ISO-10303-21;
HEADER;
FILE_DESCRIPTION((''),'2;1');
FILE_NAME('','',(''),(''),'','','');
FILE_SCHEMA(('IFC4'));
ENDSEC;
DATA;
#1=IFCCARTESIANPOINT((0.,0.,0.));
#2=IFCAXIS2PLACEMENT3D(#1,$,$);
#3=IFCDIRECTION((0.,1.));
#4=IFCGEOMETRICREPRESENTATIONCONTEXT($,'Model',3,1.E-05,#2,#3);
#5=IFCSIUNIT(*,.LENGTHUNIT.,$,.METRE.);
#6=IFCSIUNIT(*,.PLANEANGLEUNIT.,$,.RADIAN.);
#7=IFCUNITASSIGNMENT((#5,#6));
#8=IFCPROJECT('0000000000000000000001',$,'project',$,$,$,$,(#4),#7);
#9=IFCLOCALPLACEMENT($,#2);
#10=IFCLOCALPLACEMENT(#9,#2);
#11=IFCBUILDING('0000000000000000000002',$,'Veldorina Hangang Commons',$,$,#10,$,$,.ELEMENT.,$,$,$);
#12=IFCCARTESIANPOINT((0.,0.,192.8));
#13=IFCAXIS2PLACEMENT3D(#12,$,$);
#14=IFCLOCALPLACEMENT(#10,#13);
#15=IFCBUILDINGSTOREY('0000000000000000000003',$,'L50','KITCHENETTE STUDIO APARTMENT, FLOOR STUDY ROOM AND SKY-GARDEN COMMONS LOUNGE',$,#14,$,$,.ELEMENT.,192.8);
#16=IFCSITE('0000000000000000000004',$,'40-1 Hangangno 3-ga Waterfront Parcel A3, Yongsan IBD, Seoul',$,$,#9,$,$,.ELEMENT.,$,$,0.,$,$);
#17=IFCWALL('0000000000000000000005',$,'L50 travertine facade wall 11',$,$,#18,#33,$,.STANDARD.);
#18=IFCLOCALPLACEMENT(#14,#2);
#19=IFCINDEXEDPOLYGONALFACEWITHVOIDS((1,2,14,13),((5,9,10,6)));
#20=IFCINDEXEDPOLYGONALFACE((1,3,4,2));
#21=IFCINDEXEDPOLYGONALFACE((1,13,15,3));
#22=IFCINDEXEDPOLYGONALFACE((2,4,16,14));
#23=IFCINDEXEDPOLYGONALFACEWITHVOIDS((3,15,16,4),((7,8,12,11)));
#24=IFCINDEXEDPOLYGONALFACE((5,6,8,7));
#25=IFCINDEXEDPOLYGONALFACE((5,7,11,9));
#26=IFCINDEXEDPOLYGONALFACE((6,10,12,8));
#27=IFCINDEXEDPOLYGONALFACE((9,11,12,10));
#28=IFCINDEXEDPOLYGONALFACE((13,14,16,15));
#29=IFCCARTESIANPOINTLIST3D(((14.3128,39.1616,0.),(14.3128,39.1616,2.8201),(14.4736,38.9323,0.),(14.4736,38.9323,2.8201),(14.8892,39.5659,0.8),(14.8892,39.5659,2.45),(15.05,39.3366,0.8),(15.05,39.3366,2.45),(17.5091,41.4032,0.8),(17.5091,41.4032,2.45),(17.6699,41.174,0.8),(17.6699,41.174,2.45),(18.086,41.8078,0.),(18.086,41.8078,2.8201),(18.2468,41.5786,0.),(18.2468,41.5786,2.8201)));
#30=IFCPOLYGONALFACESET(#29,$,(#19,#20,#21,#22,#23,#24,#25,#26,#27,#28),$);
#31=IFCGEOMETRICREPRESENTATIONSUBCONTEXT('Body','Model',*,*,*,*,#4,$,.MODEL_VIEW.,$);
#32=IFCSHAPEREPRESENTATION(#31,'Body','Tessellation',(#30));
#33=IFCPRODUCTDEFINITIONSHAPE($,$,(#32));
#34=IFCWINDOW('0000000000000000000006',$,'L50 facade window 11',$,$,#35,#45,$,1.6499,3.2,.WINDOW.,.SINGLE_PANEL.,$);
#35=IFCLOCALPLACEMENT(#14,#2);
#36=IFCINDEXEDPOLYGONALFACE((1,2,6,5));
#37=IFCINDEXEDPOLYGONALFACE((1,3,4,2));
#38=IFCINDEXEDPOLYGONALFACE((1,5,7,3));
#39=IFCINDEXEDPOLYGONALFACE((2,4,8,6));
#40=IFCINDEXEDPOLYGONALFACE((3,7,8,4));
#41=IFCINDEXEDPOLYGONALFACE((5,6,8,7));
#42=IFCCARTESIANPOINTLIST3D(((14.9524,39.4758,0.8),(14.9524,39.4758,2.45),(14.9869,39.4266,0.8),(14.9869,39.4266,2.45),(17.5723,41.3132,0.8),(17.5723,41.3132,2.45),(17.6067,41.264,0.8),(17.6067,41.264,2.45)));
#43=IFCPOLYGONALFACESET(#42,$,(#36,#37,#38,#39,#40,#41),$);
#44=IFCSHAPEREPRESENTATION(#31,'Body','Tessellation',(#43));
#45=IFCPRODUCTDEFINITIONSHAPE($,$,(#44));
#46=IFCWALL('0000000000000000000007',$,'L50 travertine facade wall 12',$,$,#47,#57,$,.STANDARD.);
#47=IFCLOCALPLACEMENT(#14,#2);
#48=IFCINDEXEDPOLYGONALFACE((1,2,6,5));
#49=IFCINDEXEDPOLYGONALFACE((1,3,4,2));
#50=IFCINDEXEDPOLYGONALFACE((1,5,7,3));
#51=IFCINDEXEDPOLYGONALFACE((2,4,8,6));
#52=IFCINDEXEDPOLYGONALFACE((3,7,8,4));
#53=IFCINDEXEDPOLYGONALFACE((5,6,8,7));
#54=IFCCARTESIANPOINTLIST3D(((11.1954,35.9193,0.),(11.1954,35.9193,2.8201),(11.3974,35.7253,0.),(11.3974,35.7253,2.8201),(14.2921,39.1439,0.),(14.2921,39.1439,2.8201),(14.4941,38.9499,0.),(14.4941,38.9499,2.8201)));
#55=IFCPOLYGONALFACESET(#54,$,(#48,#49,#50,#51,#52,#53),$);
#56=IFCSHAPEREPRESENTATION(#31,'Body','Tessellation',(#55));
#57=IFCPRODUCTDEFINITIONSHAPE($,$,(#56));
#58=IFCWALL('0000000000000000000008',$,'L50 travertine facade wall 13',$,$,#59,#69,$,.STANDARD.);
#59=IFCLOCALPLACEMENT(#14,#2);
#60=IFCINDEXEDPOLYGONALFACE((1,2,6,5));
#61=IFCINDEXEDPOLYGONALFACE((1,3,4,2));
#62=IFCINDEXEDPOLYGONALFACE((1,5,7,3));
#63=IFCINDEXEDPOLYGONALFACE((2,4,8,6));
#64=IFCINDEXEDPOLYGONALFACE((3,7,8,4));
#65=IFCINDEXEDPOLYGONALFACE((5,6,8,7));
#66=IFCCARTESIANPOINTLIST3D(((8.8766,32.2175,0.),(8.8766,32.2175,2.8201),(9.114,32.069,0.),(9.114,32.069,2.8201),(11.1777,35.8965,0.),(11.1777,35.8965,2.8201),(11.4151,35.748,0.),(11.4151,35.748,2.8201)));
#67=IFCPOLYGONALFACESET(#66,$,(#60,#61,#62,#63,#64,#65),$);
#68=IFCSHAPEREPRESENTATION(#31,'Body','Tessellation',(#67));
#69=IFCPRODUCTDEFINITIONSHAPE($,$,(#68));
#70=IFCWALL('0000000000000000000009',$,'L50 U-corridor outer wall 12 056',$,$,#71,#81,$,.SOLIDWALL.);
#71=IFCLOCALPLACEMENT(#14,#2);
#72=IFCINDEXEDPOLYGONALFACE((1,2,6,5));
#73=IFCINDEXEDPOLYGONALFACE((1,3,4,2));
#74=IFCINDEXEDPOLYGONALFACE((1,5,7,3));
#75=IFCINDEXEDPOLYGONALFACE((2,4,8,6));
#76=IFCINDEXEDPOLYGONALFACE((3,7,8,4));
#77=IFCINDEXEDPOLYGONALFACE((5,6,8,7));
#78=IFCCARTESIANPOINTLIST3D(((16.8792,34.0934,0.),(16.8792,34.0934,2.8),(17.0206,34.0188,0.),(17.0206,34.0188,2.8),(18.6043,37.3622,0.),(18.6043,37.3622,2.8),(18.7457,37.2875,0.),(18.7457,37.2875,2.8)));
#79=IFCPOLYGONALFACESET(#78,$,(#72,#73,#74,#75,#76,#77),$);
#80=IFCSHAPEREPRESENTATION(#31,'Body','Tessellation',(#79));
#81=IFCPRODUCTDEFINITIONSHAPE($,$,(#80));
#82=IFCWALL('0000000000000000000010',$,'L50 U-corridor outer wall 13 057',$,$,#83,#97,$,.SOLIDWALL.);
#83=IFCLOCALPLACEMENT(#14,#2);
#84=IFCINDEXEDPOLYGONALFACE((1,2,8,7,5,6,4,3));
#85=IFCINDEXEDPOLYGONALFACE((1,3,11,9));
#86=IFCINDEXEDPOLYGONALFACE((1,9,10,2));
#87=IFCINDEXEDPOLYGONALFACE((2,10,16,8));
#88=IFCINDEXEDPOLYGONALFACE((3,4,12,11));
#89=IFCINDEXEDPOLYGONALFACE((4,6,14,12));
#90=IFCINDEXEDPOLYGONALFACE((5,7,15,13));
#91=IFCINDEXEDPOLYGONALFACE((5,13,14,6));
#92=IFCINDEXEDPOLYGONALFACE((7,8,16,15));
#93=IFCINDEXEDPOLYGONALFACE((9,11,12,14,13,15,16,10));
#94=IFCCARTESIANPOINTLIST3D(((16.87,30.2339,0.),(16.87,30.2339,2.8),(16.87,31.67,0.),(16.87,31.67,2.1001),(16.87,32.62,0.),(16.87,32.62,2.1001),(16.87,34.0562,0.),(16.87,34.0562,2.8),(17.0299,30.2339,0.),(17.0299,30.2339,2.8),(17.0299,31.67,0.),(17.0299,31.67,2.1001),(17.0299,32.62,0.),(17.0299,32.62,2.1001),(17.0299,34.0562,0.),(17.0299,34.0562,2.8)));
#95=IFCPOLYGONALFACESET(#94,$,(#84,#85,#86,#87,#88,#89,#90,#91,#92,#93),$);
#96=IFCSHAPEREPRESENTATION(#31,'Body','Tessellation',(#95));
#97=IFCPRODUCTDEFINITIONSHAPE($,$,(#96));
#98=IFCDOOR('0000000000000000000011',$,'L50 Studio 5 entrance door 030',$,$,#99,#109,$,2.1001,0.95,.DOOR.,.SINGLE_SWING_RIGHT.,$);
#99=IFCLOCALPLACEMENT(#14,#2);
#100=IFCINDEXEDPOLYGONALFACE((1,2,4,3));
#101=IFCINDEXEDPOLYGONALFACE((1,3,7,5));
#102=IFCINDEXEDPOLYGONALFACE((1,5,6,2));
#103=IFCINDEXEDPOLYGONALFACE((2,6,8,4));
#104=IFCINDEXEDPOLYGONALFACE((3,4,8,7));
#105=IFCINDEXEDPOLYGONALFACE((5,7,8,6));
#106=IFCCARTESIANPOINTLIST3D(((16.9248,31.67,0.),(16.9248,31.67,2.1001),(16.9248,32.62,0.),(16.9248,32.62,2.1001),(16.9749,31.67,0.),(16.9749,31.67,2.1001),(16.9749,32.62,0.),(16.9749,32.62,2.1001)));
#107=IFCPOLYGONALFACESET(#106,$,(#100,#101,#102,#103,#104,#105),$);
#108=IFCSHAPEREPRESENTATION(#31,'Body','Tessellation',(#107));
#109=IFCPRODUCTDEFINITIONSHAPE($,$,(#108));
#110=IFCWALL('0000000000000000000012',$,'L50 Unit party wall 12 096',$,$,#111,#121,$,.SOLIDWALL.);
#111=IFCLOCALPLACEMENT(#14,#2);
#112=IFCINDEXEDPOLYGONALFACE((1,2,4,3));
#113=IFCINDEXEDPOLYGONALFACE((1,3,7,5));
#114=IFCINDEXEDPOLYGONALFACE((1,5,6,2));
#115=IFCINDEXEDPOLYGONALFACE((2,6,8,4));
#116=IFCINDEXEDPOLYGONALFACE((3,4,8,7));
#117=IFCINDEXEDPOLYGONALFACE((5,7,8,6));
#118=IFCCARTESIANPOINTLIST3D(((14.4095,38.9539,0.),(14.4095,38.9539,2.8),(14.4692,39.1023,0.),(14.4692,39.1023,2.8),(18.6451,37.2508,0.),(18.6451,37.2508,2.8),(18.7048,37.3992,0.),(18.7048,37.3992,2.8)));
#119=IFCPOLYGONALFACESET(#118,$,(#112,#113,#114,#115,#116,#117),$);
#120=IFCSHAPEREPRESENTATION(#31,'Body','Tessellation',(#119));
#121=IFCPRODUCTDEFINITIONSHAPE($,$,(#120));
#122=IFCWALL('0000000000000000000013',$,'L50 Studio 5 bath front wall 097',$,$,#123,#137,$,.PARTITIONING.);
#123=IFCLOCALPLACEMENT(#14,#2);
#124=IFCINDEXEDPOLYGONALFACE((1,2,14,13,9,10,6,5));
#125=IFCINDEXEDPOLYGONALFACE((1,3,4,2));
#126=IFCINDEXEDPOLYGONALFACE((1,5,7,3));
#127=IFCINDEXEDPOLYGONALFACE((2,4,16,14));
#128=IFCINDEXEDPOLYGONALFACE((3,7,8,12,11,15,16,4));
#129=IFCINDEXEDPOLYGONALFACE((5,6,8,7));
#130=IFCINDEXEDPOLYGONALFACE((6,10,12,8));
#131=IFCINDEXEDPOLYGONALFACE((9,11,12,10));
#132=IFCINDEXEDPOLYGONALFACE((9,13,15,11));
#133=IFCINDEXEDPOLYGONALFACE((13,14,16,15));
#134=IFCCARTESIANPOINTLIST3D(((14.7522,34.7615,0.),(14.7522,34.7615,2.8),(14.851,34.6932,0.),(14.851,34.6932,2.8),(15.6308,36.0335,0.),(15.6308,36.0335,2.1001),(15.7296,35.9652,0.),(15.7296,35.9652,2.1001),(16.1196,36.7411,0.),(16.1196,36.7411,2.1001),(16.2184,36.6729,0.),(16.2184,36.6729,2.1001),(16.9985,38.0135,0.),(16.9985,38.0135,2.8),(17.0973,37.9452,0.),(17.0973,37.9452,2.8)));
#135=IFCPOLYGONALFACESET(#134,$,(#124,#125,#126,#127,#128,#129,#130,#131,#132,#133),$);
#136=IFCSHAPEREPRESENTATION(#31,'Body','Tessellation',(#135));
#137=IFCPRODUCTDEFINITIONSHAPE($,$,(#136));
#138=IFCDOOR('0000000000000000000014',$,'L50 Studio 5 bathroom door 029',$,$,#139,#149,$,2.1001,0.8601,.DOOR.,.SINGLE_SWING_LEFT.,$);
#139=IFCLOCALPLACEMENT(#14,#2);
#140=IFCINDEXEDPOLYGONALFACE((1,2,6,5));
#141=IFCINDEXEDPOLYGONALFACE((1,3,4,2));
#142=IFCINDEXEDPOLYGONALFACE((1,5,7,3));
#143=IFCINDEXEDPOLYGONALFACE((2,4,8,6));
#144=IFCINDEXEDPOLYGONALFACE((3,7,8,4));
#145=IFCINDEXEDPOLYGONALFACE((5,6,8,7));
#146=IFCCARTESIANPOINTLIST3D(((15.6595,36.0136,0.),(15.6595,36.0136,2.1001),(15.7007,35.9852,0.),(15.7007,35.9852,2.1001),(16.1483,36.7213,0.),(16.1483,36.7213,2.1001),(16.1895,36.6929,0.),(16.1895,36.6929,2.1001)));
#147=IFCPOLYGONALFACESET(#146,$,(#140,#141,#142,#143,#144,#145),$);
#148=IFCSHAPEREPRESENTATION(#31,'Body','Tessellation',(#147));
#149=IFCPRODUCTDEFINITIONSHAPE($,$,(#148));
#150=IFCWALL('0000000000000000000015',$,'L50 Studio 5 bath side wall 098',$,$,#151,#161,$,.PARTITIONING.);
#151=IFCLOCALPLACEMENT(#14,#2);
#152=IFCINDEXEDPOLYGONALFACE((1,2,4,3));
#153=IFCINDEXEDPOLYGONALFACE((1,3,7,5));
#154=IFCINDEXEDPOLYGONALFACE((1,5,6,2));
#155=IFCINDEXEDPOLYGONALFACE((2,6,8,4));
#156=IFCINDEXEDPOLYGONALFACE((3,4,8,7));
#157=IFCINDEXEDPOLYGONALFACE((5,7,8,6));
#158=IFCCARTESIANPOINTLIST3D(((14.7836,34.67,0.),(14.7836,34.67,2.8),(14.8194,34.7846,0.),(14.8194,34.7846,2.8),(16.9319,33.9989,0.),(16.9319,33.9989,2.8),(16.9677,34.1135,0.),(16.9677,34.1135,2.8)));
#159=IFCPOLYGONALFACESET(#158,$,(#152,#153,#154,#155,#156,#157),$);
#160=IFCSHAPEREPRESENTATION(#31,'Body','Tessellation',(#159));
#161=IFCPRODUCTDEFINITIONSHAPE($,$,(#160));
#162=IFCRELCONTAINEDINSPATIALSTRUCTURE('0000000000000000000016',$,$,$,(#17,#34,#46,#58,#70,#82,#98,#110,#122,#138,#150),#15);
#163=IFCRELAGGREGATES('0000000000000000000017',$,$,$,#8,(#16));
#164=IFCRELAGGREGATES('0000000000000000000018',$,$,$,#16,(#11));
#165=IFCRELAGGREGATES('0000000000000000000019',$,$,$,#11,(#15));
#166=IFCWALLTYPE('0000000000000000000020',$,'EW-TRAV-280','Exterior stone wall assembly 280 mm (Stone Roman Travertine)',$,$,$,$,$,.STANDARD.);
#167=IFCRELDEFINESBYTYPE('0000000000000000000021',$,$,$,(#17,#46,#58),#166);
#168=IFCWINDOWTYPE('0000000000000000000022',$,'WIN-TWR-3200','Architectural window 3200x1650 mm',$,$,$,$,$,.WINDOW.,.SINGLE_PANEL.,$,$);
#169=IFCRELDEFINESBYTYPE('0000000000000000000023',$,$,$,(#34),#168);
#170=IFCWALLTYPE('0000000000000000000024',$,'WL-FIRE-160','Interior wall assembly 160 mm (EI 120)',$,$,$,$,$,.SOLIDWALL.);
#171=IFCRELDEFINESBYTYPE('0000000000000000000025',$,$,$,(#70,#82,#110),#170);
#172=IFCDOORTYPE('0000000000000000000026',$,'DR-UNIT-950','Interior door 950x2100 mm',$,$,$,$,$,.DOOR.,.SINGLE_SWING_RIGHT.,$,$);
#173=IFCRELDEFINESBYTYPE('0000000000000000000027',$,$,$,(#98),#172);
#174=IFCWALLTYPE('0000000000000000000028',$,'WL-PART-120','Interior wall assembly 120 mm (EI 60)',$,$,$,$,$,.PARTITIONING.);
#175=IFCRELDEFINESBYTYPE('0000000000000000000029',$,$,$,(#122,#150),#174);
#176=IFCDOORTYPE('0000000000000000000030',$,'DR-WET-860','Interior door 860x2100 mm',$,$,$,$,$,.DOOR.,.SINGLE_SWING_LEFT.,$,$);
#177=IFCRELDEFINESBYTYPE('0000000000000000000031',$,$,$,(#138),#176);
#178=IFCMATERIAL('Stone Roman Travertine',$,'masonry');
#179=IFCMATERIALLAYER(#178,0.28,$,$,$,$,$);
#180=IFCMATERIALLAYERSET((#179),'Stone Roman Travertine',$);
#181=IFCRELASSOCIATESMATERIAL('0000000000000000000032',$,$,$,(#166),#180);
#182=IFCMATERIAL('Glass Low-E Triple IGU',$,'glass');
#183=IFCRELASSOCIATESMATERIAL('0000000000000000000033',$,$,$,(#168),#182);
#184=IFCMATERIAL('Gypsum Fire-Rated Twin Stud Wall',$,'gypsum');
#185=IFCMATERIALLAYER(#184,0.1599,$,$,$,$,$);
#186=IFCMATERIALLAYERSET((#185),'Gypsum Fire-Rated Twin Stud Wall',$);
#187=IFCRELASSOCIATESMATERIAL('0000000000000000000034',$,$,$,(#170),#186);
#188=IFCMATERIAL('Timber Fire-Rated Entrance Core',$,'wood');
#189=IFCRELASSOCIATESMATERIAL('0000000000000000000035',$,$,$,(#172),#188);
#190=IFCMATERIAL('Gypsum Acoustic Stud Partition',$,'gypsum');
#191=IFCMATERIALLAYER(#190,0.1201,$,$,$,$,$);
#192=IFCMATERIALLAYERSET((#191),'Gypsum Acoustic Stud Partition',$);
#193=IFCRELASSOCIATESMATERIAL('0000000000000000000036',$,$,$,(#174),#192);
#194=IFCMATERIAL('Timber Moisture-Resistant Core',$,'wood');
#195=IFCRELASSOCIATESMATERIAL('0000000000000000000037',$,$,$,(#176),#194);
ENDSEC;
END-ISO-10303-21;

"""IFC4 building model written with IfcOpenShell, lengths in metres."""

from ifc_helpers import new_model, si_unit, direction, frame, frame_2d, origin, place, context, subcontext, project, spatial, rectangle, extrude, material, layer, layer_set, type_object, element, fill, save


model = new_model("IFC4")

# Units and contexts
model_context = context("Model", 3, precision=1e-05, world=origin(), true_north=direction((0.0, 1.0)))
body_context = subcontext(model_context, "Body", "Model", "MODEL_VIEW")
ifc_project = project(units=[si_unit("LENGTHUNIT", "METRE"), si_unit("PLANEANGLEUNIT", "RADIAN")], contexts=[model_context])

# Site, building, storey
site_placement = place(None, origin())
site = spatial("IfcSite", under=ifc_project, at=site_placement, Name="40-1 Hangangno 3-ga Waterfront Parcel A3, Yongsan IBD, Seoul", CompositionType="ELEMENT", RefElevation=0.0)
building_placement = place(site_placement, origin())
building = spatial("IfcBuilding", under=site, at=building_placement, Name="Veldorina Hangang Commons", CompositionType="ELEMENT")
storey_placement = place(building_placement, frame((0.0, 0.0, 192.8)))
storey = spatial("IfcBuildingStorey", under=building, at=storey_placement, Name="L50", Description="KITCHENETTE STUDIO APARTMENT, FLOOR STUDY ROOM AND SKY-GARDEN COMMONS LOUNGE", CompositionType="ELEMENT", Elevation=192.8)

# Wall, opening, window
ifc_material_1 = material(Name="Stone Roman Travertine", Category="masonry")
ifc_layer_1 = layer(ifc_material_1, 0.28)
ifc_layer_set_1 = layer_set([ifc_layer_1], Name="Stone Roman Travertine")
wall_type_1 = type_object("IfcWallType", Name="EW-TRAV-280", Description="Exterior stone wall assembly 280 mm (Stone Roman Travertine)", PredefinedType="STANDARD", material=ifc_layer_set_1)
wall_1_placement = place(storey_placement, frame((18.1663, 41.6931, 0.0), z_axis=(0.0, 0.0, 1.0), x_axis=(-0.818721, -0.574191, 0.0)))
wall_1 = element("IfcWall", 1, at=wall_1_placement, inside=storey, type_object=wall_type_1, Name="L50 travertine facade wall 11", PredefinedType="STANDARD", context=body_context, shape_type="SweptSolid", body=[
    extrude(rectangle(XDim=4.6086, YDim=0.28, at=frame_2d((2.3042, 0.0))), origin(), (0.0, 0.0, 1.0), 2.8201),
])
opening_1_placement = place(wall_1_placement, frame((0.7043, 0.0, 0.8)))
opening_1 = element("IfcOpeningElement", 2, at=opening_1_placement, cuts=wall_1, PredefinedType="OPENING", context=body_context, shape_type="SweptSolid", body=[
    extrude(rectangle(XDim=3.2, YDim=1.6499, at=frame_2d((1.6001, 0.825))), frame((0.0, 0.1499, 0.0), z_axis=(0.0, -1.0, 0.0), x_axis=(1.0, 0.0, 0.0)), (0.0, 0.0, 1.0), 0.3),
])
ifc_material_2 = material(Name="Glass Low-E Triple IGU", Category="glass")
window_type = type_object("IfcWindowType", Name="WIN-TWR-3200", Description="Architectural window 3200x1650 mm", PartitioningType="SINGLE_PANEL", PredefinedType="WINDOW", material=ifc_material_2)
window_placement = place(opening_1_placement, origin())
window = element("IfcWindow", 3, at=window_placement, inside=storey, type_object=window_type, Name="L50 facade window 11", OverallHeight=1.6499, OverallWidth=3.2, PartitioningType="SINGLE_PANEL", PredefinedType="WINDOW", context=body_context, shape_type="SweptSolid", body=[
    extrude(rectangle(XDim=3.2, YDim=1.6499, at=frame_2d((1.6001, 0.825))), frame((0.0, 0.03, 0.0), z_axis=(0.0, -1.0, 0.0), x_axis=(1.0, 0.0, 0.0)), (0.0, 0.0, 1.0), 0.0601),
])
fill(opening_1, window)

# Walls
wall_2_placement = place(storey_placement, frame((14.3931, 39.0469, 0.0), z_axis=(0.0, 0.0, 1.0), x_axis=(-0.692655, -0.721269, 0.0)))
element("IfcWall", 4, at=wall_2_placement, inside=storey, type_object=wall_type_1, Name="L50 travertine facade wall 12", PredefinedType="STANDARD", context=body_context, shape_type="SweptSolid", body=[
    extrude(rectangle(XDim=4.4707, YDim=0.28, at=frame_2d((2.2354, 0.0))), origin(), (0.0, 0.0, 1.0), 2.8201),
])
wall_3_placement = place(storey_placement, frame((11.2964, 35.8223, 0.0), z_axis=(0.0, 0.0, 1.0), x_axis=(-0.530277, -0.847824, 0.0)))
element("IfcWall", 5, at=wall_3_placement, inside=storey, type_object=wall_type_1, Name="L50 travertine facade wall 13", PredefinedType="STANDARD", context=body_context, shape_type="SweptSolid", body=[
    extrude(rectangle(XDim=4.3394, YDim=0.28, at=frame_2d((2.1697, 0.0))), origin(), (0.0, 0.0, 1.0), 2.8201),
])
ifc_material_3 = material(Name="Gypsum Fire-Rated Twin Stud Wall", Category="gypsum")
ifc_layer_2 = layer(ifc_material_3, 0.1599)
ifc_layer_set_2 = layer_set([ifc_layer_2], Name="Gypsum Fire-Rated Twin Stud Wall")
wall_type_2 = type_object("IfcWallType", Name="WL-FIRE-160", Description="Interior wall assembly 160 mm (EI 120)", PredefinedType="SOLIDWALL", material=ifc_layer_set_2)
wall_4_placement = place(storey_placement, frame((18.675, 37.325, 0.0), z_axis=(0.0, 0.0, 1.0), x_axis=(-0.466737, -0.884396, 0.0)))
element("IfcWall", 6, at=wall_4_placement, inside=storey, type_object=wall_type_2, Name="L50 U-corridor outer wall 12 056", PredefinedType="SOLIDWALL", context=body_context, shape_type="SweptSolid", body=[
    extrude(rectangle(XDim=3.696, YDim=0.1599, at=frame_2d((1.8481, 0.0))), origin(), (0.0, 0.0, 1.0), 2.8),
])

# Wall, opening, door
wall_5_placement = place(storey_placement, frame((16.95, 34.0562, 0.0), z_axis=(0.0, 0.0, 1.0), x_axis=(0.0, -1.0, 0.0)))
wall_5 = element("IfcWall", 7, at=wall_5_placement, inside=storey, type_object=wall_type_2, Name="L50 U-corridor outer wall 13 057", PredefinedType="SOLIDWALL", context=body_context, shape_type="SweptSolid", body=[
    extrude(rectangle(XDim=3.8223, YDim=0.1599, at=frame_2d((1.9111, 0.0))), origin(), (0.0, 0.0, 1.0), 2.8),
])
opening_2_placement = place(wall_5_placement, frame((1.436, 0.0, 0.0)))
opening_2 = element("IfcOpeningElement", 8, at=opening_2_placement, cuts=wall_5, PredefinedType="OPENING", context=body_context, shape_type="SweptSolid", body=[
    extrude(rectangle(XDim=0.95, YDim=2.1001, at=frame_2d((0.4751, 1.05))), frame((0.0, 0.0898, 0.0), z_axis=(0.0, -1.0, 0.0), x_axis=(1.0, 0.0, 0.0)), (0.0, 0.0, 1.0), 0.1799),
])
ifc_material_4 = material(Name="Timber Fire-Rated Entrance Core", Category="wood")
door_type_1 = type_object("IfcDoorType", Name="DR-UNIT-950", Description="Interior door 950x2100 mm", OperationType="SINGLE_SWING_RIGHT", PredefinedType="DOOR", material=ifc_material_4)
door_1_placement = place(opening_2_placement, origin())
door_1 = element("IfcDoor", 9, at=door_1_placement, inside=storey, type_object=door_type_1, Name="L50 Studio 5 entrance door 030", OperationType="SINGLE_SWING_RIGHT", OverallHeight=2.1001, OverallWidth=0.95, PredefinedType="DOOR", context=body_context, shape_type="SweptSolid", body=[
    extrude(rectangle(XDim=0.95, YDim=2.1001, at=frame_2d((0.4751, 1.05))), frame((0.0, 0.0249, 0.0), z_axis=(0.0, -1.0, 0.0), x_axis=(1.0, 0.0, 0.0)), (0.0, 0.0, 1.0), 0.05),
])
fill(opening_2, door_1)

# Wall
wall_6_placement = place(storey_placement, frame((18.675, 37.325, 0.0), z_axis=(0.0, 0.0, 1.0), x_axis=(-0.927804, 0.373068, 0.0)))
element("IfcWall", 10, at=wall_6_placement, inside=storey, type_object=wall_type_2, Name="L50 Unit party wall 12 096", PredefinedType="SOLIDWALL", context=body_context, shape_type="SweptSolid", body=[
    extrude(rectangle(XDim=4.5652, YDim=0.1599, at=frame_2d((2.2827, 0.0))), origin(), (0.0, 0.0, 1.0), 2.8),
])

# Wall, opening, door
ifc_material_5 = material(Name="Gypsum Acoustic Stud Partition", Category="gypsum")
ifc_layer_3 = layer(ifc_material_5, 0.1201)
ifc_layer_set_3 = layer_set([ifc_layer_3], Name="Gypsum Acoustic Stud Partition")
wall_type_3 = type_object("IfcWallType", Name="WL-PART-120", Description="Interior wall assembly 120 mm (EI 60)", PredefinedType="PARTITIONING", material=ifc_layer_set_3)
wall_7_placement = place(storey_placement, frame((17.0479, 37.9792, 0.0), z_axis=(0.0, 0.0, 1.0), x_axis=(-0.568352, -0.822785, 0.0)))
wall_7 = element("IfcWall", 11, at=wall_7_placement, inside=storey, type_object=wall_type_3, Name="L50 Studio 5 bath front wall 097", PredefinedType="PARTITIONING", context=body_context, shape_type="SweptSolid", body=[
    extrude(rectangle(XDim=3.9524, YDim=0.1201, at=frame_2d((1.9761, 0.0))), origin(), (0.0, 0.0, 1.0), 2.8),
])
opening_3_placement = place(wall_7_placement, frame((1.5461, 0.0, 0.0)))
opening_3 = element("IfcOpeningElement", 12, at=opening_3_placement, cuts=wall_7, PredefinedType="OPENING", context=body_context, shape_type="SweptSolid", body=[
    extrude(rectangle(XDim=0.8601, YDim=2.1001, at=frame_2d((0.4302, 1.05))), frame((0.0, 0.0701, 0.0), z_axis=(0.0, -1.0, 0.0), x_axis=(1.0, 0.0, 0.0)), (0.0, 0.0, 1.0), 0.1401),
])
ifc_material_6 = material(Name="Timber Moisture-Resistant Core", Category="wood")
door_type_2 = type_object("IfcDoorType", Name="DR-WET-860", Description="Interior door 860x2100 mm", OperationType="SINGLE_SWING_LEFT", PredefinedType="DOOR", material=ifc_material_6)
door_2_placement = place(opening_3_placement, origin())
door_2 = element("IfcDoor", 13, at=door_2_placement, inside=storey, type_object=door_type_2, Name="L50 Studio 5 bathroom door 029", OperationType="SINGLE_SWING_LEFT", OverallHeight=2.1001, OverallWidth=0.8601, PredefinedType="DOOR", context=body_context, shape_type="SweptSolid", body=[
    extrude(rectangle(XDim=0.8601, YDim=2.1001, at=frame_2d((0.4302, 1.05))), frame((0.0, 0.0249, 0.0), z_axis=(0.0, -1.0, 0.0), x_axis=(1.0, 0.0, 0.0)), (0.0, 0.0, 1.0), 0.05),
])
fill(opening_3, door_2)

# Wall
wall_8_placement = place(storey_placement, frame((16.95, 34.0562, 0.0), z_axis=(0.0, 0.0, 1.0), x_axis=(-0.954511, 0.298176, 0.0)))
element("IfcWall", 14, at=wall_8_placement, inside=storey, type_object=wall_type_3, Name="L50 Studio 5 bath side wall 098", PredefinedType="PARTITIONING", context=body_context, shape_type="SweptSolid", body=[
    extrude(rectangle(XDim=2.2507, YDim=0.1201, at=frame_2d((1.1255, 0.0))), origin(), (0.0, 0.0, 1.0), 2.8),
])

save(model, "model.ifc")
